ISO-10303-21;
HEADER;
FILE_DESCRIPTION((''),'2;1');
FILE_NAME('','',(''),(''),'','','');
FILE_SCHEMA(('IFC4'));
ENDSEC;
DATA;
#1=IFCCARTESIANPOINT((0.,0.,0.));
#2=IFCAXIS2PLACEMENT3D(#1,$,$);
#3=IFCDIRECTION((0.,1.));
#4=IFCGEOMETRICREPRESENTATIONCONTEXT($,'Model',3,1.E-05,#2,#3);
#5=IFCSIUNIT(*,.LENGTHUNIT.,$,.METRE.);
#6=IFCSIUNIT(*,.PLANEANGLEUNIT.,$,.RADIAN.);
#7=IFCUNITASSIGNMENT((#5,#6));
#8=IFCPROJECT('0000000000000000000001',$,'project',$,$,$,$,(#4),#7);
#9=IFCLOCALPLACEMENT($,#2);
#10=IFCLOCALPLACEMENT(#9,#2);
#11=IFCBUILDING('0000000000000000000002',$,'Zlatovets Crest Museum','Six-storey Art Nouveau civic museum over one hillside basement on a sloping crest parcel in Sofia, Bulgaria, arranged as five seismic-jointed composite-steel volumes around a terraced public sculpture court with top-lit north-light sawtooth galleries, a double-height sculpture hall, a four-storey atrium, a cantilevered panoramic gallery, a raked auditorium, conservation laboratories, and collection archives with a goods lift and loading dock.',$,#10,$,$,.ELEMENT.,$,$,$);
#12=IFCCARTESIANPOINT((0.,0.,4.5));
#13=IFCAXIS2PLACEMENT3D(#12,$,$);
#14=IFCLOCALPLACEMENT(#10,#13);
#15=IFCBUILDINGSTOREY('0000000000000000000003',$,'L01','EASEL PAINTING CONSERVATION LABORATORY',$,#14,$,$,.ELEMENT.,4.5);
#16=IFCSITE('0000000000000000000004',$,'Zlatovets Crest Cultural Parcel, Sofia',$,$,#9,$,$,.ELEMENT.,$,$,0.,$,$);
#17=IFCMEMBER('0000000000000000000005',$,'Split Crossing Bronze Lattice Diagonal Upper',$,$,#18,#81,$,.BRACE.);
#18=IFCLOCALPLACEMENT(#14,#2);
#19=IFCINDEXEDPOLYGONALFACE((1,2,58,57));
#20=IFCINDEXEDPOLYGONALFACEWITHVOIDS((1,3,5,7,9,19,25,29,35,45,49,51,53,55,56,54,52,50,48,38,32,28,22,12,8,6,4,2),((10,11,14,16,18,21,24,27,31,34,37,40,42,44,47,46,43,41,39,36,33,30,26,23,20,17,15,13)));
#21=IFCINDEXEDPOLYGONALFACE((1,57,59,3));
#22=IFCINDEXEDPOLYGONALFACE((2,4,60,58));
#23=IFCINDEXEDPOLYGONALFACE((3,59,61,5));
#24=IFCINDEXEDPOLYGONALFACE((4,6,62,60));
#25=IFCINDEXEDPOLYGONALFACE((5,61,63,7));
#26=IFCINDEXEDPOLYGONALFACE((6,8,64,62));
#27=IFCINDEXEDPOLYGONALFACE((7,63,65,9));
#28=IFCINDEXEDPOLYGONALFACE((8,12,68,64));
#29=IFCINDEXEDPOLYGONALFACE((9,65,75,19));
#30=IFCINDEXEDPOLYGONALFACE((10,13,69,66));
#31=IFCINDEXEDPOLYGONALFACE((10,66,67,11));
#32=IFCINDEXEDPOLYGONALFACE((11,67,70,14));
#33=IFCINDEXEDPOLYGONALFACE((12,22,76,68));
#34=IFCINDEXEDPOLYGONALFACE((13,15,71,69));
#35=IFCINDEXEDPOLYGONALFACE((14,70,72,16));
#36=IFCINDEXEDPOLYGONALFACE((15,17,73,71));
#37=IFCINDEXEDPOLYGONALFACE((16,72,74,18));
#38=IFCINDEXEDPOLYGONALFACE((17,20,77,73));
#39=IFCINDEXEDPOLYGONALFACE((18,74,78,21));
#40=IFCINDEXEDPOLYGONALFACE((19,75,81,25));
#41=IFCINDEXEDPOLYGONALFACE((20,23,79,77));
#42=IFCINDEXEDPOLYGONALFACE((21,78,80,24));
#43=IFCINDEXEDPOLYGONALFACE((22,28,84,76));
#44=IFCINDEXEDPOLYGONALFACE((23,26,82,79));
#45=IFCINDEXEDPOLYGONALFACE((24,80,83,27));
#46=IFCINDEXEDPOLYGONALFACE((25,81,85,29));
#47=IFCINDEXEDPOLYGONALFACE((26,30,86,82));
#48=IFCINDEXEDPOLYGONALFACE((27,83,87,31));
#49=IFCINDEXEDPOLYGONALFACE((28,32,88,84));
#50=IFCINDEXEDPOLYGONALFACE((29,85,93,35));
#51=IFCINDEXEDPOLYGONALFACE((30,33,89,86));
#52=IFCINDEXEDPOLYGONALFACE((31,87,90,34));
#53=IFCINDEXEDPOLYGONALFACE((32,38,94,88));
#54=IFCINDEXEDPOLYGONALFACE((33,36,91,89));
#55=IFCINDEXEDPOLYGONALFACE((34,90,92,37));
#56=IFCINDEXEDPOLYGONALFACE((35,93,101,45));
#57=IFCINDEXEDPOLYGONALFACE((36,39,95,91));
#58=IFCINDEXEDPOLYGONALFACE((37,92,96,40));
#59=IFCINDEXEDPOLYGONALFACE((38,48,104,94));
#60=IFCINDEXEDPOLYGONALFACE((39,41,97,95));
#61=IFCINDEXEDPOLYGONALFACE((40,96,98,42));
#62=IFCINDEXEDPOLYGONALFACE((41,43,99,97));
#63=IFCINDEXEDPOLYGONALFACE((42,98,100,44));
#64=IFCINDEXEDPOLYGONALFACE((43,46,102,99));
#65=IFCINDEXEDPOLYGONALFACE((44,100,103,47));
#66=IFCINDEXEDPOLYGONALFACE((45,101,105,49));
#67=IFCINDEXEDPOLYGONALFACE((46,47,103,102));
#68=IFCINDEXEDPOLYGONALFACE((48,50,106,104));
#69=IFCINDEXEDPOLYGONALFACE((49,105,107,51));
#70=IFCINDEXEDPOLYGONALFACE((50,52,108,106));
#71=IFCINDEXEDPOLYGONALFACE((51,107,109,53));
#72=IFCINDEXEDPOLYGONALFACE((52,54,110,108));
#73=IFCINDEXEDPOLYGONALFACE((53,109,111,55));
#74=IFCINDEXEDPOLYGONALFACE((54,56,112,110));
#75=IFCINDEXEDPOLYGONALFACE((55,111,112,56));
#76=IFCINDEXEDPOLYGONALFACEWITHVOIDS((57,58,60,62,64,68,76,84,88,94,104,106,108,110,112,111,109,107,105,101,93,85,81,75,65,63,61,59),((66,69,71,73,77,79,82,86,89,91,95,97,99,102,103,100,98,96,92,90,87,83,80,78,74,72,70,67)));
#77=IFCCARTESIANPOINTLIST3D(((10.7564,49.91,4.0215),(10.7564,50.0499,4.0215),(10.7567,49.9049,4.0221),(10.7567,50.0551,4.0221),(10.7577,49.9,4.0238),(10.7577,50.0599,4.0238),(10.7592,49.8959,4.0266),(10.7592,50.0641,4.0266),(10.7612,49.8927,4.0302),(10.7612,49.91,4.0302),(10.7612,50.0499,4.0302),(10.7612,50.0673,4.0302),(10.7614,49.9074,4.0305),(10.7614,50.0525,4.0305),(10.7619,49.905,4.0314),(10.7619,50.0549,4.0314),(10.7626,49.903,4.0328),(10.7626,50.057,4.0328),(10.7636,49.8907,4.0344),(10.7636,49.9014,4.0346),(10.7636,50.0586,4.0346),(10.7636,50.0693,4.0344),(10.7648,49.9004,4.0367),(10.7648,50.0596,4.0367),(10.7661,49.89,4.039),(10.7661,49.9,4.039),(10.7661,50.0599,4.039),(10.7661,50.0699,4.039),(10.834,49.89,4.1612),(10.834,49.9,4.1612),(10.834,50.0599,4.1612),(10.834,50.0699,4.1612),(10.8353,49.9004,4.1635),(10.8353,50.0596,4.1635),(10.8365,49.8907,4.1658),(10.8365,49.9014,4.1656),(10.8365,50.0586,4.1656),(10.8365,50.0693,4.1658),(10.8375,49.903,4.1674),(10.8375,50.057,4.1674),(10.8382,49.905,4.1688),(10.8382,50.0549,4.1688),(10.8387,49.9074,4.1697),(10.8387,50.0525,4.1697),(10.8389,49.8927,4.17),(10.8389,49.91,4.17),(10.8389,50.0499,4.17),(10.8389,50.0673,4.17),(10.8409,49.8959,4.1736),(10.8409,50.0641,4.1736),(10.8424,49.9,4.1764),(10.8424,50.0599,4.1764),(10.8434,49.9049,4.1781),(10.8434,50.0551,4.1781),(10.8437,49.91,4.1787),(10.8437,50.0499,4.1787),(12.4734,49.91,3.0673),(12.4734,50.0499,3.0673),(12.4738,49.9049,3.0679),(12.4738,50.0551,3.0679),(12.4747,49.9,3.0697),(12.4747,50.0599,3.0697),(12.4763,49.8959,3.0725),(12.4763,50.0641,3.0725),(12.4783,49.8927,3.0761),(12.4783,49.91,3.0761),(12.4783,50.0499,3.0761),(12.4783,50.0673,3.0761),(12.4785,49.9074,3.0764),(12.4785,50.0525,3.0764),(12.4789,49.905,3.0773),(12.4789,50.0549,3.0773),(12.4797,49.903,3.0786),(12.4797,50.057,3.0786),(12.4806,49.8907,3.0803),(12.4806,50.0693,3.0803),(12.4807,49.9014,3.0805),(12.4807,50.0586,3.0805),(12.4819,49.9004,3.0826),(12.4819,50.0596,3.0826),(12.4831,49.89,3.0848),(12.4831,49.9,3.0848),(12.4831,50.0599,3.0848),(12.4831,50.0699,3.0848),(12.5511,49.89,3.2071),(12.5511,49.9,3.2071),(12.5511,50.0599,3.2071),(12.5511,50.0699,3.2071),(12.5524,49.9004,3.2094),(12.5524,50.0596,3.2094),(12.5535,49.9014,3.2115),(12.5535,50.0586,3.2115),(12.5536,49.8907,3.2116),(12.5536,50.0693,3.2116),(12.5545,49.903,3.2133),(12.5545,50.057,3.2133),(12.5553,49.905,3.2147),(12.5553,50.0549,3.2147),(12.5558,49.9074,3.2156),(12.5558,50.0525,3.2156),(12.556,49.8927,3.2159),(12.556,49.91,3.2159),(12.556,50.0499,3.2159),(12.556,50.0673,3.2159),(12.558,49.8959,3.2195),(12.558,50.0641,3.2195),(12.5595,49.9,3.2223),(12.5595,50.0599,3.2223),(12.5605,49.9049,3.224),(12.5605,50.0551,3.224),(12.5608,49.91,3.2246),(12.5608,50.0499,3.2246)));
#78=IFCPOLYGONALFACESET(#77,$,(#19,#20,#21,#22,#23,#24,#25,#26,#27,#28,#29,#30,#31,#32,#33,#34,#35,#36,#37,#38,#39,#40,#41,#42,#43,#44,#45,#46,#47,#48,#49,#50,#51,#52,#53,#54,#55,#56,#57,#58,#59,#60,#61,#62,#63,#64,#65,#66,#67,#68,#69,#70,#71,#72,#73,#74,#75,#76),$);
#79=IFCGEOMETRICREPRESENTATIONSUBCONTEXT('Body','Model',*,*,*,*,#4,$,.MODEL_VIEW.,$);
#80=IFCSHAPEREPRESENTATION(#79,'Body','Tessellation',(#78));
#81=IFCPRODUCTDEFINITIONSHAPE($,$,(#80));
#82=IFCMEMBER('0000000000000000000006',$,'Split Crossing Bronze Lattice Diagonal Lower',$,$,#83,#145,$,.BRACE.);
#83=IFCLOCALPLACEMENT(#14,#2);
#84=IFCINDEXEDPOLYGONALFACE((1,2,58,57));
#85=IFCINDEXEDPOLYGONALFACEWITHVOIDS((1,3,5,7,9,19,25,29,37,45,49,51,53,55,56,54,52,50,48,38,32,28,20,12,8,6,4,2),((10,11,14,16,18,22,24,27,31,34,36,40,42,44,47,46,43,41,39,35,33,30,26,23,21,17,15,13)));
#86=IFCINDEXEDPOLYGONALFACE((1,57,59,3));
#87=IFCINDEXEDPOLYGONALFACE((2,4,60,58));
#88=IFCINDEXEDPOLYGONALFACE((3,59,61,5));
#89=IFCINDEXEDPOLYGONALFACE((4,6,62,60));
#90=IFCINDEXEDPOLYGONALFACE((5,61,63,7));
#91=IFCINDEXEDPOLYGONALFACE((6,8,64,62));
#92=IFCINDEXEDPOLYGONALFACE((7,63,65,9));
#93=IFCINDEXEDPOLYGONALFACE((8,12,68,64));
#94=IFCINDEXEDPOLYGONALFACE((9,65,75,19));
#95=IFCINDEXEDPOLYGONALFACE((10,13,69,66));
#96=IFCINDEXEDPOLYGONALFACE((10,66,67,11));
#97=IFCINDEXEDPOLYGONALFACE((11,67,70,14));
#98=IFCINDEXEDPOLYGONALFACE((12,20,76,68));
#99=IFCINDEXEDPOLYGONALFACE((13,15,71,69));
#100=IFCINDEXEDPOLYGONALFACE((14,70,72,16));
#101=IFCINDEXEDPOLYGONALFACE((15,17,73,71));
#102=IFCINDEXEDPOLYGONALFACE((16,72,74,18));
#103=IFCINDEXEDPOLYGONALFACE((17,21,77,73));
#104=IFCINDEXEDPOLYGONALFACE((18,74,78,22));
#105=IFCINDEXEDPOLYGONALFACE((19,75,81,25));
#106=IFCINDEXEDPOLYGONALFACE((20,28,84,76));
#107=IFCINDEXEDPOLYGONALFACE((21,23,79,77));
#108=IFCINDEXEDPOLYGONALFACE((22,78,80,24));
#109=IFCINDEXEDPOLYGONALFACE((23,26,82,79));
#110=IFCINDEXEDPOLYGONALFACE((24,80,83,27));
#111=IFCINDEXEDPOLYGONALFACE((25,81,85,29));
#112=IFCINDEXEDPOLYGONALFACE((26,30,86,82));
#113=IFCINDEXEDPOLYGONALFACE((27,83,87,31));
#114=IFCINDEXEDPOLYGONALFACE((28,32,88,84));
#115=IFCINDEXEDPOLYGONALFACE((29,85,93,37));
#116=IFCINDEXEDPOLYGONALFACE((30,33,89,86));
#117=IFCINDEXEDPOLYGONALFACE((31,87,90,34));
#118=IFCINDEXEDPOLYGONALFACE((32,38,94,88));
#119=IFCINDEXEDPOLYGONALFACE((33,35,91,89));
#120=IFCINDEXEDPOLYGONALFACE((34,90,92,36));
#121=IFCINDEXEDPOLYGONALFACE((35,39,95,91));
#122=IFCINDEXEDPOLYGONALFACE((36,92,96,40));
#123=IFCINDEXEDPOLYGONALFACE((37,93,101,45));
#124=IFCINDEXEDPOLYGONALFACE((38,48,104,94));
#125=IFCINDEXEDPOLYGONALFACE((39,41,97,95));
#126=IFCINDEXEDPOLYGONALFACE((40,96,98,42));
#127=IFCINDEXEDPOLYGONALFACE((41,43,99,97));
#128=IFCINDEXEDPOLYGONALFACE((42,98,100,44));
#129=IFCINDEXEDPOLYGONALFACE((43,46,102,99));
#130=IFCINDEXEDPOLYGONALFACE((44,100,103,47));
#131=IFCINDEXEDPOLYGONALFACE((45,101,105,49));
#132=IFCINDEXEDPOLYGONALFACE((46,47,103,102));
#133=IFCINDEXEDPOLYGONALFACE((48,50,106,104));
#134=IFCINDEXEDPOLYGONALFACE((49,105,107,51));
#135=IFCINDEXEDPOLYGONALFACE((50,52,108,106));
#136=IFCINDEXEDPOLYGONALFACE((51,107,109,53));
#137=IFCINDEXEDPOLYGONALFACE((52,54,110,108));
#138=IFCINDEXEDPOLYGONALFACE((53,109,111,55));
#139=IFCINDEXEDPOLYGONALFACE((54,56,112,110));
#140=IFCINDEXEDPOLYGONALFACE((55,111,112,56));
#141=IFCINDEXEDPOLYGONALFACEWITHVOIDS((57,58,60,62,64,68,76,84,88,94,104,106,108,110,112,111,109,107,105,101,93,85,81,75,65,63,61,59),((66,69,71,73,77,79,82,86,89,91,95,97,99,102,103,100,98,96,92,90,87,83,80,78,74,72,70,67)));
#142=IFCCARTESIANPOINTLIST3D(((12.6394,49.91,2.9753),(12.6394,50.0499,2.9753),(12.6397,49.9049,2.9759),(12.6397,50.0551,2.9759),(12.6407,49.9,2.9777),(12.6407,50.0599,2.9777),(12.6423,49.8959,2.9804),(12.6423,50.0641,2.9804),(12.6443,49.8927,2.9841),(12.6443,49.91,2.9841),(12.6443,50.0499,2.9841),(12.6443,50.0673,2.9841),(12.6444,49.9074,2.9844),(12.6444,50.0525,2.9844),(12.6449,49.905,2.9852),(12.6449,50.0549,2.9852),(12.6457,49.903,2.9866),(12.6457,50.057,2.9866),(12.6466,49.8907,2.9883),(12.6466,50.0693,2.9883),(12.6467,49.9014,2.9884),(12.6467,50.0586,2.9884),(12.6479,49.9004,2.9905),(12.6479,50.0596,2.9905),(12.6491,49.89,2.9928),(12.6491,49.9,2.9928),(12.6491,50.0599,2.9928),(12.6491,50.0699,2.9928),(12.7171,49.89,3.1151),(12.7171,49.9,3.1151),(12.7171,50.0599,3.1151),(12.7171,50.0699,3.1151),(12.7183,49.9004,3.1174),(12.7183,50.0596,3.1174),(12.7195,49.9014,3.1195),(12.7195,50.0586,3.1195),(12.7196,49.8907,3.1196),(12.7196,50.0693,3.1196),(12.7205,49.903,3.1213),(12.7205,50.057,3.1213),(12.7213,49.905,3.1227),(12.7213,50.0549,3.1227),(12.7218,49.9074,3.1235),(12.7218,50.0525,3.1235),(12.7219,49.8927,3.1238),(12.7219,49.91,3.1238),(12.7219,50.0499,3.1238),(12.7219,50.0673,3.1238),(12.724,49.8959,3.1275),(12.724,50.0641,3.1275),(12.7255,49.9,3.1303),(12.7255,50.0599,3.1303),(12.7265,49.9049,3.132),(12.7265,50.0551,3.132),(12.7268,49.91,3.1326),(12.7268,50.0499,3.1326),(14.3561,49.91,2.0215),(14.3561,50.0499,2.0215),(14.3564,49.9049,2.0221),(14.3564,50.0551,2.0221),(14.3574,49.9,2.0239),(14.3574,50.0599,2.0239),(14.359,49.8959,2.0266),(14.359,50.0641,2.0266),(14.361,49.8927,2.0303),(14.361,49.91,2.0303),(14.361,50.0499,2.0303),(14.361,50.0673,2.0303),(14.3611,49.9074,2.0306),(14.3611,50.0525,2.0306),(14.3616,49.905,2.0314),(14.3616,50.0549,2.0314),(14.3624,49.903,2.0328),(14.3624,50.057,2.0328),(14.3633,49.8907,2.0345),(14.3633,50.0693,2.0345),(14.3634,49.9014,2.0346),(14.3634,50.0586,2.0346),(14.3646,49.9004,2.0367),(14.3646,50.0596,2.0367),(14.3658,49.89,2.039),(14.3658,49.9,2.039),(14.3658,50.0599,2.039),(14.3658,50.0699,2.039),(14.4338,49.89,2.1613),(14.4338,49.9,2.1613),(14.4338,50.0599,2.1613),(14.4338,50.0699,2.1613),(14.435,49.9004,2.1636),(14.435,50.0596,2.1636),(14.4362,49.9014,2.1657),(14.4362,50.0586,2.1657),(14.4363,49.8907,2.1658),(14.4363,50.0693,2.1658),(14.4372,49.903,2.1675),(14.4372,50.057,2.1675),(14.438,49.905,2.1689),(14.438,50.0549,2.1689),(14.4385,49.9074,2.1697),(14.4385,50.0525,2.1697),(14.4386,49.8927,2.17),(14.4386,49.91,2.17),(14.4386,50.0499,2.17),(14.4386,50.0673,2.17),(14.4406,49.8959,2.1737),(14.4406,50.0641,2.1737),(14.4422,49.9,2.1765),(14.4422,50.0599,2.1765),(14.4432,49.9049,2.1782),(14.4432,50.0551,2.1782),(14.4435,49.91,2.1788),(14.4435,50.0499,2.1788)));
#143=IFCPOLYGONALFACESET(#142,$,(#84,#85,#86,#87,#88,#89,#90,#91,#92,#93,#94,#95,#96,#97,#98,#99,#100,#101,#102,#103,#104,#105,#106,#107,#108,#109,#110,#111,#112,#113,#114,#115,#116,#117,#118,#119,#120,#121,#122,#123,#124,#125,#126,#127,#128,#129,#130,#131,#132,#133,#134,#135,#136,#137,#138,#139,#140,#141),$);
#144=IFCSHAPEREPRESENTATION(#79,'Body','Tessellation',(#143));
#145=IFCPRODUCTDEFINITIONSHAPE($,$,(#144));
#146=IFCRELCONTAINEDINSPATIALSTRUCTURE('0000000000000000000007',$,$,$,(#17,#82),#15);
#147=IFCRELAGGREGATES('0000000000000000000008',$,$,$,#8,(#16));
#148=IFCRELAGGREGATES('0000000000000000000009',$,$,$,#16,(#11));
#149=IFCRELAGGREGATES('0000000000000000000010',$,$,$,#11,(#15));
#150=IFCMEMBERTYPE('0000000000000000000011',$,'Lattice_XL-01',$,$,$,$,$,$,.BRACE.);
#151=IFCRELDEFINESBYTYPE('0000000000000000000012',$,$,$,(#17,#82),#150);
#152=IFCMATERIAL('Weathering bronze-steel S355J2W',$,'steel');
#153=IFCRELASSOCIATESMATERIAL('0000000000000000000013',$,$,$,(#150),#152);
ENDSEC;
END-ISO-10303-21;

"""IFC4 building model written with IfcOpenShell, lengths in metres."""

from ifc_helpers import new_model, si_unit, direction, frame, origin, origin_2d, place, context, subcontext, project, spatial, hollow_rectangle, extrude, material, material_profile, profile_set, type_object, element, save


model = new_model("IFC4")

# Units and contexts
model_context = context("Model", 3, precision=1e-05, world=origin(), true_north=direction((0.0, 1.0)))
body_context = subcontext(model_context, "Body", "Model", "MODEL_VIEW")
ifc_project = project(units=[si_unit("LENGTHUNIT", "METRE"), si_unit("PLANEANGLEUNIT", "RADIAN")], contexts=[model_context])

# Site, building, storey
site_placement = place(None, origin())
site = spatial("IfcSite", under=ifc_project, at=site_placement, Name="Zlatovets Crest Cultural Parcel, Sofia", CompositionType="ELEMENT", RefElevation=0.0)
building_placement = place(site_placement, origin())
building = spatial("IfcBuilding", under=site, at=building_placement, Name="Zlatovets Crest Museum", Description="Six-storey Art Nouveau civic museum over one hillside basement on a sloping crest parcel in Sofia, Bulgaria, arranged as five seismic-jointed composite-steel volumes around a terraced public sculpture court with top-lit north-light sawtooth galleries, a double-height sculpture hall, a four-storey atrium, a cantilevered panoramic gallery, a raked auditorium, conservation laboratories, and collection archives with a goods lift and loading dock.", CompositionType="ELEMENT")
storey_placement = place(building_placement, frame((0.0, 0.0, 4.5)))
storey = spatial("IfcBuildingStorey", under=building, at=storey_placement, Name="L01", Description="EASEL PAINTING CONSERVATION LABORATORY", CompositionType="ELEMENT", Elevation=4.5)

# Members
ifc_material_1 = material(Name="Weathering bronze-steel S355J2W", Category="steel")
ifc_material_profile_1 = material_profile(ifc_material_1, hollow_rectangle(XDim=0.1799, YDim=0.1799, WallThickness=0.01, InnerFilletRadius=0.01, OuterFilletRadius=0.02, at=origin_2d()), Name="SHS 180x180x10.0")
ifc_profile_set_1 = profile_set([ifc_material_profile_1], Name="Weathering bronze-steel S355J2W")
member_type_1 = type_object("IfcMemberType", Name="Lattice_XL-01", PredefinedType="BRACE", material=ifc_profile_set_1)
member_1_placement = place(storey_placement, frame((10.8, 49.98, 4.1001), z_axis=(0.874116, 0.0, -0.485717), x_axis=(0.0, 1.0, 0.0)))
element("IfcMember", 1, at=member_1_placement, inside=storey, type_object=member_type_1, Name="Split Crossing Bronze Lattice Diagonal Upper", PredefinedType="BRACE", context=body_context, shape_type="SweptSolid", body=[
    extrude(hollow_rectangle(XDim=0.1799, YDim=0.1799, WallThickness=0.01, InnerFilletRadius=0.01, OuterFilletRadius=0.02, at=origin_2d()), origin(), (0.0, 0.0, 1.0), 1.9644),
])
member_2_placement = place(storey_placement, frame((12.6831, 49.98, 3.054), z_axis=(0.87414, 0.0, -0.485675), x_axis=(0.0, 1.0, 0.0)))
element("IfcMember", 2, at=member_2_placement, inside=storey, type_object=member_type_1, Name="Split Crossing Bronze Lattice Diagonal Lower", PredefinedType="BRACE", context=body_context, shape_type="SweptSolid", body=[
    extrude(hollow_rectangle(XDim=0.1799, YDim=0.1799, WallThickness=0.01, InnerFilletRadius=0.01, OuterFilletRadius=0.02, at=origin_2d()), origin(), (0.0, 0.0, 1.0), 1.9639),
])

save(model, "model.ifc")
